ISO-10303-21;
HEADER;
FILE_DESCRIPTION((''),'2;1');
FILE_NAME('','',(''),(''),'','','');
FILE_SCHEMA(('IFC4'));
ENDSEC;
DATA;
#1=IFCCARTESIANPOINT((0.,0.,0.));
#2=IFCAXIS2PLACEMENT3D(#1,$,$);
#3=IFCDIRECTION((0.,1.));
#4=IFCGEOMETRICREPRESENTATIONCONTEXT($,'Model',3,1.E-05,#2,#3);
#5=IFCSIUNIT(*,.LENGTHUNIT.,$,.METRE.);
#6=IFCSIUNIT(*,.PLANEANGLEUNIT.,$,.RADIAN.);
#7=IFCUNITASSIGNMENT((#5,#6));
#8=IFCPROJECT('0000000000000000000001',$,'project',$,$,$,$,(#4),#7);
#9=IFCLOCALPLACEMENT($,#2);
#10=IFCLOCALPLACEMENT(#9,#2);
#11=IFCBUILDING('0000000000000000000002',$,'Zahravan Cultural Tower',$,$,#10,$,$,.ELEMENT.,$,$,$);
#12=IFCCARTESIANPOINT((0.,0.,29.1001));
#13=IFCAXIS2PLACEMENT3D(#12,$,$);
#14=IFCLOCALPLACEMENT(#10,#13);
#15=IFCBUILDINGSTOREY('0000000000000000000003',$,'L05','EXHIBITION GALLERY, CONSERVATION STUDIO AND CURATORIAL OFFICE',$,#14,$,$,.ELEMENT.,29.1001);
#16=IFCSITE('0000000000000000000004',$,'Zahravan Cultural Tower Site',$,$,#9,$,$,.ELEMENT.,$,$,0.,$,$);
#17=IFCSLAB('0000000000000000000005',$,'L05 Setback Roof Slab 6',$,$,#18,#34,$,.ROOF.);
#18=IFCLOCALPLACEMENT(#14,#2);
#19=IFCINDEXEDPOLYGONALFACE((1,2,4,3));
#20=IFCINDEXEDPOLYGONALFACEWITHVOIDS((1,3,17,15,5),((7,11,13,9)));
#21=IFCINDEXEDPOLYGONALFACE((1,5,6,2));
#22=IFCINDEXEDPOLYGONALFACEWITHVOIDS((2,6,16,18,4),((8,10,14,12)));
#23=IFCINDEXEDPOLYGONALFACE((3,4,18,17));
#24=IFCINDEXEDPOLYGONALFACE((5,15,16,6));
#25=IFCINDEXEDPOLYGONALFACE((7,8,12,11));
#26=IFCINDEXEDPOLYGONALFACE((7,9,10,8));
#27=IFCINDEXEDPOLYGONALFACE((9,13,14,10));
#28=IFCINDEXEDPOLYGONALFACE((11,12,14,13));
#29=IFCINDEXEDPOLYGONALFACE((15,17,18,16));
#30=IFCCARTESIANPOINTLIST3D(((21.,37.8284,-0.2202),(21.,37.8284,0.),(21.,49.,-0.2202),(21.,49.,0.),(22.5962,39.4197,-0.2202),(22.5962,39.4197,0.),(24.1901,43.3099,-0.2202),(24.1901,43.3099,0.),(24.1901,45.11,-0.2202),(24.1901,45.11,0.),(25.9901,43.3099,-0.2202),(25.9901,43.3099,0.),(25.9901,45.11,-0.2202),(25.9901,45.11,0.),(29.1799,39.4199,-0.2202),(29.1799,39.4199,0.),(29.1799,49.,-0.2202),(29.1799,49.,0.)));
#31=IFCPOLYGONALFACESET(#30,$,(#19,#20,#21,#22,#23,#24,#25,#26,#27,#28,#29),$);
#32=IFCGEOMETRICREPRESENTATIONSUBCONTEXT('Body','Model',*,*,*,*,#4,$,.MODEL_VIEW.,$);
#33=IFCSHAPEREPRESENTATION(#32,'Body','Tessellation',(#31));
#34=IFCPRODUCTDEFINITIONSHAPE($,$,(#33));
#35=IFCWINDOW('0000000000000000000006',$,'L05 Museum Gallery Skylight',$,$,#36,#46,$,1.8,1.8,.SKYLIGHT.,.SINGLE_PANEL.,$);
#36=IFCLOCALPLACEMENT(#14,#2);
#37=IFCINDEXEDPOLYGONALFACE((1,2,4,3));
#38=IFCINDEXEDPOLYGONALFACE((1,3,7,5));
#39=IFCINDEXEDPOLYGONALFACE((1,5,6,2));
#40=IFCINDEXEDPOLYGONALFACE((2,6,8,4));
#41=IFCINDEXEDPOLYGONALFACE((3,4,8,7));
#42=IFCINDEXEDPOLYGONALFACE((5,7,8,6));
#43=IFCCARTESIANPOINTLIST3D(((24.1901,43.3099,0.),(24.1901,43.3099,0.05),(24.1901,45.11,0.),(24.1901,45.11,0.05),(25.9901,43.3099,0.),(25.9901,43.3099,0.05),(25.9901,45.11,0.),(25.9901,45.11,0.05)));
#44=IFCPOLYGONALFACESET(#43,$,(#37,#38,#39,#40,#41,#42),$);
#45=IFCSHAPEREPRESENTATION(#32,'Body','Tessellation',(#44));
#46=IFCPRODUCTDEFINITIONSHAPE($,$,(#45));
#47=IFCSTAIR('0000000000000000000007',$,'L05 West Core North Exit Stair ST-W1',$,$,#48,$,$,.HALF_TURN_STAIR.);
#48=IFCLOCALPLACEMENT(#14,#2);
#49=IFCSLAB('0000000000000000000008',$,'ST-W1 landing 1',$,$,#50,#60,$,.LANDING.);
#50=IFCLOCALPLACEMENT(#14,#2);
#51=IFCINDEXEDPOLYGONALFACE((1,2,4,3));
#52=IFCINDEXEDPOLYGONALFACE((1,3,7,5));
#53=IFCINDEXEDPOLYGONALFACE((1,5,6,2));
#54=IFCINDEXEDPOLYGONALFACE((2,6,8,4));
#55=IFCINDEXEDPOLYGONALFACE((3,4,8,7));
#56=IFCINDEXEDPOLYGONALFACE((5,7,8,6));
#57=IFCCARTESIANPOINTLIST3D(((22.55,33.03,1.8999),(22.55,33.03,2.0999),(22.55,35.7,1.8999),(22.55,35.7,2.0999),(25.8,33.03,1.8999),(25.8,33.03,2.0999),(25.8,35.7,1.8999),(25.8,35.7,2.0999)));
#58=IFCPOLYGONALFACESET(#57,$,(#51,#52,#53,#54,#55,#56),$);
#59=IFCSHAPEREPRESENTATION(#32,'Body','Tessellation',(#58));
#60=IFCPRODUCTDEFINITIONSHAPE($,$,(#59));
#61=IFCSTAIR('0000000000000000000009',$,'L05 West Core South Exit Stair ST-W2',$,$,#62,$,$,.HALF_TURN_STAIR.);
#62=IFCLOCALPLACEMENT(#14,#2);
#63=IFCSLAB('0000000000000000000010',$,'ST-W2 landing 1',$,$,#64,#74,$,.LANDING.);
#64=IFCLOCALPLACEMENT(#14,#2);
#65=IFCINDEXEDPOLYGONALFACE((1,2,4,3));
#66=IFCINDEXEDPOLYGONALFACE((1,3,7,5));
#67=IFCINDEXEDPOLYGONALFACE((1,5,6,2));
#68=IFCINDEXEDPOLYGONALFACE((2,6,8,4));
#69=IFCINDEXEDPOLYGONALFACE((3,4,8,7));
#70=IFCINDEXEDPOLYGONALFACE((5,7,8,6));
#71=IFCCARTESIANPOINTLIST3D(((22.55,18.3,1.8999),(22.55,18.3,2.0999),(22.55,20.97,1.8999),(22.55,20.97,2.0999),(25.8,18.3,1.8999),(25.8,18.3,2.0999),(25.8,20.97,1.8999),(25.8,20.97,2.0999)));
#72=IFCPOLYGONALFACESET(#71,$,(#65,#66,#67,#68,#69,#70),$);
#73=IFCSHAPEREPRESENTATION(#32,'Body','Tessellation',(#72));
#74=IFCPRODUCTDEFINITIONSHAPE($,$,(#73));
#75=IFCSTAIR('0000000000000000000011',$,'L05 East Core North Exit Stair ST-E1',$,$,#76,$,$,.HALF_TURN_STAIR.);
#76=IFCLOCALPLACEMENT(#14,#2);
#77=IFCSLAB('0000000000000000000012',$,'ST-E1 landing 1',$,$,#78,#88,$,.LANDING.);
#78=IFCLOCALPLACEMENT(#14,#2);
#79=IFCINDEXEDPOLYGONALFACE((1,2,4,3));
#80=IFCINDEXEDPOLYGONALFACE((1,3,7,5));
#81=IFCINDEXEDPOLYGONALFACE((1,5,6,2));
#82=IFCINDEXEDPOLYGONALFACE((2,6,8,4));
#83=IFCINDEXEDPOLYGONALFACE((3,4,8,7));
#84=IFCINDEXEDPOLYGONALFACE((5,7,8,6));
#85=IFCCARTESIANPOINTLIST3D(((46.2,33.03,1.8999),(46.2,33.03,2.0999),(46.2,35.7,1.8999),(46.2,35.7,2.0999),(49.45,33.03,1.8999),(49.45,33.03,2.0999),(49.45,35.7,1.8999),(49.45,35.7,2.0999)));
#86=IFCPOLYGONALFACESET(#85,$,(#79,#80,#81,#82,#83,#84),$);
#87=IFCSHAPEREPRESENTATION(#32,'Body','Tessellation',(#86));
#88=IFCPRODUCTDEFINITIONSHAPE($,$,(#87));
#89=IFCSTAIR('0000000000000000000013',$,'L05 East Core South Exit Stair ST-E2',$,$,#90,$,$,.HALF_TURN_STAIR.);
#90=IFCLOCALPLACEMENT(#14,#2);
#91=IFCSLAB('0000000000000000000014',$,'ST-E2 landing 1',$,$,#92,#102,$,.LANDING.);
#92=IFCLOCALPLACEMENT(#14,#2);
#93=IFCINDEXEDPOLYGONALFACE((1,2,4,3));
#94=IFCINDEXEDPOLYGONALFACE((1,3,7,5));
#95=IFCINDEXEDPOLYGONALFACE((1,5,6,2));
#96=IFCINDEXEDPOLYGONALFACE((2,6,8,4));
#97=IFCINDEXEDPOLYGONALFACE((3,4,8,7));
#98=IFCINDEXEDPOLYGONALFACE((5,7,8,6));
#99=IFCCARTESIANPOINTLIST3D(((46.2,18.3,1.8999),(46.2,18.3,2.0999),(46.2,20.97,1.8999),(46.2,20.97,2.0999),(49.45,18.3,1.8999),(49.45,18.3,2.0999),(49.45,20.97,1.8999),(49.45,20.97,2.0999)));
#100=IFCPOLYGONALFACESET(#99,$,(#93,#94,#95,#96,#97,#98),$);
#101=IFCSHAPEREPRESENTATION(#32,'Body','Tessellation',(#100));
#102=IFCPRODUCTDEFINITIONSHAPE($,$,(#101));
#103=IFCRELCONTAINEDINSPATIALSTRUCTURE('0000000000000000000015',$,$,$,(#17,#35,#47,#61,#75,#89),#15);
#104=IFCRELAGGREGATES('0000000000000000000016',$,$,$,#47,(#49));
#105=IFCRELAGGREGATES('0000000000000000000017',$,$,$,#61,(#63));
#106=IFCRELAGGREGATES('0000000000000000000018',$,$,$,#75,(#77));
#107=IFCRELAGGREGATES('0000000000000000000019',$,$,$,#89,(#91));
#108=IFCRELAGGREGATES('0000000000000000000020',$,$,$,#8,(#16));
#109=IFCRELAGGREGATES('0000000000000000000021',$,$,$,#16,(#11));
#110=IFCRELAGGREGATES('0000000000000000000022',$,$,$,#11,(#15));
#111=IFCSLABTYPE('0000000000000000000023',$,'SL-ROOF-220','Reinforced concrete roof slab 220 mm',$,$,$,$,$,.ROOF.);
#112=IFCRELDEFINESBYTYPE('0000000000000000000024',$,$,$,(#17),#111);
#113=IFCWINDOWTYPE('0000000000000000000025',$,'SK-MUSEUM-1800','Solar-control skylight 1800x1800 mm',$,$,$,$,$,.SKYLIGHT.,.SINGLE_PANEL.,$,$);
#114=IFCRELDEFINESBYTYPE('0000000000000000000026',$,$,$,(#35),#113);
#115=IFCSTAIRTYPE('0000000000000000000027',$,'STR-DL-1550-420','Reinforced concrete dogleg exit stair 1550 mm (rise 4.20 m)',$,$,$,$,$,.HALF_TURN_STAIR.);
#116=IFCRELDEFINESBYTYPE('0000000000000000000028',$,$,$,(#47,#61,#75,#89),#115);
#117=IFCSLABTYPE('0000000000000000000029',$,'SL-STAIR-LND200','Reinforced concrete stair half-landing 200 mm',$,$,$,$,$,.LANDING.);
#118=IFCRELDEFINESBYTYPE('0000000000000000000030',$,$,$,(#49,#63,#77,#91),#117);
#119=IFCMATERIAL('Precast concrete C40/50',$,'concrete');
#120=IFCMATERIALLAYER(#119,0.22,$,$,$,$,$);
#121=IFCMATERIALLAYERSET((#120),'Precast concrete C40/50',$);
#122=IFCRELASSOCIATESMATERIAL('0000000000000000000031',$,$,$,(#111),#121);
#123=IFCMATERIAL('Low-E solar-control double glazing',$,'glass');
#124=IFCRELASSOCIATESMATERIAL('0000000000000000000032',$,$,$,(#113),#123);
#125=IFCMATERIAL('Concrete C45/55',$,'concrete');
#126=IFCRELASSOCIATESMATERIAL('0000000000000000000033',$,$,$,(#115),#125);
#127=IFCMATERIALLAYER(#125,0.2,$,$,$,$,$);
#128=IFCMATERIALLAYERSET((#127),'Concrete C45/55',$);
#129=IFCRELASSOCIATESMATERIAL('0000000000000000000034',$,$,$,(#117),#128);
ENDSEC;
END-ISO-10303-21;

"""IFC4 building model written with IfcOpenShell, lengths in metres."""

from ifc_helpers import new_model, si_unit, direction, frame, origin, origin_2d, place, context, subcontext, project, spatial, polyline, rectangle, outline, extrude, material, layer, layer_set, type_object, element, fill, aggregate, save


model = new_model("IFC4")

# Units and contexts
model_context = context("Model", 3, precision=1e-05, world=origin(), true_north=direction((0.0, 1.0)))
body_context = subcontext(model_context, "Body", "Model", "MODEL_VIEW")
ifc_project = project(units=[si_unit("LENGTHUNIT", "METRE"), si_unit("PLANEANGLEUNIT", "RADIAN")], contexts=[model_context])

# Site, building, storey
site_placement = place(None, origin())
site = spatial("IfcSite", under=ifc_project, at=site_placement, Name="Zahravan Cultural Tower Site", CompositionType="ELEMENT", RefElevation=0.0)
building_placement = place(site_placement, origin())
building = spatial("IfcBuilding", under=site, at=building_placement, Name="Zahravan Cultural Tower", CompositionType="ELEMENT")
storey_placement = place(building_placement, frame((0.0, 0.0, 29.1001)))
storey = spatial("IfcBuildingStorey", under=building, at=storey_placement, Name="L05", Description="EXHIBITION GALLERY, CONSERVATION STUDIO AND CURATORIAL OFFICE", CompositionType="ELEMENT", Elevation=29.1001)

# Slab, opening, window
ifc_material_1 = material(Name="Precast concrete C40/50", Category="concrete")
ifc_layer_1 = layer(ifc_material_1, 0.22)
ifc_layer_set_1 = layer_set([ifc_layer_1], Name="Precast concrete C40/50")
slab_type_1 = type_object("IfcSlabType", Name="SL-ROOF-220", Description="Reinforced concrete roof slab 220 mm", PredefinedType="ROOF", material=ifc_layer_set_1)
ifc_material_2 = material(Name="Low-E solar-control double glazing", Category="glass")
window_type_1 = type_object("IfcWindowType", Name="SK-MUSEUM-1800", Description="Solar-control skylight 1800x1800 mm", PartitioningType="SINGLE_PANEL", PredefinedType="SKYLIGHT", material=ifc_material_2)
slab_1_placement = place(storey_placement, frame((0.0, 0.0, -0.2202)))
slab_1 = element("IfcSlab", 1, at=slab_1_placement, inside=storey, type_object=slab_type_1, Name="L05 Setback Roof Slab 6", PredefinedType="ROOF", context=body_context, shape_type="SweptSolid", body=[
    extrude(outline(polyline([(21.0, 49.0), (21.0, 37.8284), (22.5962, 39.4197), (29.1799, 39.4199), (29.1799, 49.0), (21.0, 49.0)])), origin(), (0.0, 0.0, 1.0), 0.2202),
])
opening_1_placement = place(slab_1_placement, frame((25.0901, 44.21, 0.0)))
opening_1 = element("IfcOpeningElement", 2, at=opening_1_placement, cuts=slab_1, PredefinedType="OPENING", context=body_context, shape_type="SweptSolid", body=[
    extrude(rectangle(XDim=1.8, YDim=1.8, at=origin_2d()), frame((0.0, 0.0, -0.01), z_axis=(0.0, 0.0, 1.0), x_axis=(1.0, 0.0, 0.0)), (0.0, 0.0, 1.0), 0.3103),
])
window_1_placement = place(opening_1_placement, frame((0.0, 0.0, 0.2202)))
window_1 = element("IfcWindow", 3, at=window_1_placement, inside=storey, type_object=window_type_1, Name="L05 Museum Gallery Skylight", OverallHeight=1.8, OverallWidth=1.8, PartitioningType="SINGLE_PANEL", PredefinedType="SKYLIGHT", context=body_context, shape_type="SweptSolid", body=[
    extrude(rectangle(XDim=1.8, YDim=1.8, at=origin_2d()), origin(), (0.0, 0.0, 1.0), 0.05),
])
fill(opening_1, window_1)

# Stairs, slabs
ifc_material_3 = material(Name="Concrete C45/55", Category="concrete")
stair_type = type_object("IfcStairType", Name="STR-DL-1550-420", Description="Reinforced concrete dogleg exit stair 1550 mm (rise 4.20 m)", PredefinedType="HALF_TURN_STAIR", material=ifc_material_3)
stair_1_placement = place(storey_placement, origin())
stair_1 = element("IfcStair", 4, at=stair_1_placement, inside=storey, type_object=stair_type, Name="L05 West Core North Exit Stair ST-W1", PredefinedType="HALF_TURN_STAIR")
ifc_layer_2 = layer(ifc_material_3, 0.2)
ifc_layer_set_2 = layer_set([ifc_layer_2], Name="Concrete C45/55")
slab_type_2 = type_object("IfcSlabType", Name="SL-STAIR-LND200", Description="Reinforced concrete stair half-landing 200 mm", PredefinedType="LANDING", material=ifc_layer_set_2)
slab_2_placement = place(storey_placement, frame((0.0, 0.0, 1.8999)))
slab_2 = element("IfcSlab", 5, at=slab_2_placement, type_object=slab_type_2, Name="ST-W1 landing 1", PredefinedType="LANDING", context=body_context, shape_type="SweptSolid", body=[
    extrude(outline(polyline([(25.8, 33.03), (25.8, 35.7), (22.55, 35.7), (22.55, 33.03), (25.8, 33.03)])), origin(), (0.0, 0.0, 1.0), 0.2),
])
aggregate(stair_1, [slab_2])
stair_2_placement = place(storey_placement, origin())
stair_2 = element("IfcStair", 6, at=stair_2_placement, inside=storey, type_object=stair_type, Name="L05 West Core South Exit Stair ST-W2", PredefinedType="HALF_TURN_STAIR")
slab_3_placement = place(storey_placement, frame((0.0, 0.0, 1.8999)))
slab_3 = element("IfcSlab", 7, at=slab_3_placement, type_object=slab_type_2, Name="ST-W2 landing 1", PredefinedType="LANDING", context=body_context, shape_type="SweptSolid", body=[
    extrude(outline(polyline([(22.55, 20.97), (22.55, 18.3), (25.8, 18.3), (25.8, 20.97), (22.55, 20.97)])), origin(), (0.0, 0.0, 1.0), 0.2),
])
aggregate(stair_2, [slab_3])
stair_3_placement = place(storey_placement, origin())
stair_3 = element("IfcStair", 8, at=stair_3_placement, inside=storey, type_object=stair_type, Name="L05 East Core North Exit Stair ST-E1", PredefinedType="HALF_TURN_STAIR")
slab_4_placement = place(storey_placement, frame((0.0, 0.0, 1.8999)))
slab_4 = element("IfcSlab", 9, at=slab_4_placement, type_object=slab_type_2, Name="ST-E1 landing 1", PredefinedType="LANDING", context=body_context, shape_type="SweptSolid", body=[
    extrude(outline(polyline([(49.45, 33.03), (49.45, 35.7), (46.2, 35.7), (46.2, 33.03), (49.45, 33.03)])), origin(), (0.0, 0.0, 1.0), 0.2),
])
aggregate(stair_3, [slab_4])
stair_4_placement = place(storey_placement, origin())
stair_4 = element("IfcStair", 10, at=stair_4_placement, inside=storey, type_object=stair_type, Name="L05 East Core South Exit Stair ST-E2", PredefinedType="HALF_TURN_STAIR")
slab_5_placement = place(storey_placement, frame((0.0, 0.0, 1.8999)))
slab_5 = element("IfcSlab", 11, at=slab_5_placement, type_object=slab_type_2, Name="ST-E2 landing 1", PredefinedType="LANDING", context=body_context, shape_type="SweptSolid", body=[
    extrude(outline(polyline([(46.2, 20.97), (46.2, 18.3), (49.45, 18.3), (49.45, 20.97), (46.2, 20.97)])), origin(), (0.0, 0.0, 1.0), 0.2),
])
aggregate(stair_4, [slab_5])

save(model, "model.ifc")
